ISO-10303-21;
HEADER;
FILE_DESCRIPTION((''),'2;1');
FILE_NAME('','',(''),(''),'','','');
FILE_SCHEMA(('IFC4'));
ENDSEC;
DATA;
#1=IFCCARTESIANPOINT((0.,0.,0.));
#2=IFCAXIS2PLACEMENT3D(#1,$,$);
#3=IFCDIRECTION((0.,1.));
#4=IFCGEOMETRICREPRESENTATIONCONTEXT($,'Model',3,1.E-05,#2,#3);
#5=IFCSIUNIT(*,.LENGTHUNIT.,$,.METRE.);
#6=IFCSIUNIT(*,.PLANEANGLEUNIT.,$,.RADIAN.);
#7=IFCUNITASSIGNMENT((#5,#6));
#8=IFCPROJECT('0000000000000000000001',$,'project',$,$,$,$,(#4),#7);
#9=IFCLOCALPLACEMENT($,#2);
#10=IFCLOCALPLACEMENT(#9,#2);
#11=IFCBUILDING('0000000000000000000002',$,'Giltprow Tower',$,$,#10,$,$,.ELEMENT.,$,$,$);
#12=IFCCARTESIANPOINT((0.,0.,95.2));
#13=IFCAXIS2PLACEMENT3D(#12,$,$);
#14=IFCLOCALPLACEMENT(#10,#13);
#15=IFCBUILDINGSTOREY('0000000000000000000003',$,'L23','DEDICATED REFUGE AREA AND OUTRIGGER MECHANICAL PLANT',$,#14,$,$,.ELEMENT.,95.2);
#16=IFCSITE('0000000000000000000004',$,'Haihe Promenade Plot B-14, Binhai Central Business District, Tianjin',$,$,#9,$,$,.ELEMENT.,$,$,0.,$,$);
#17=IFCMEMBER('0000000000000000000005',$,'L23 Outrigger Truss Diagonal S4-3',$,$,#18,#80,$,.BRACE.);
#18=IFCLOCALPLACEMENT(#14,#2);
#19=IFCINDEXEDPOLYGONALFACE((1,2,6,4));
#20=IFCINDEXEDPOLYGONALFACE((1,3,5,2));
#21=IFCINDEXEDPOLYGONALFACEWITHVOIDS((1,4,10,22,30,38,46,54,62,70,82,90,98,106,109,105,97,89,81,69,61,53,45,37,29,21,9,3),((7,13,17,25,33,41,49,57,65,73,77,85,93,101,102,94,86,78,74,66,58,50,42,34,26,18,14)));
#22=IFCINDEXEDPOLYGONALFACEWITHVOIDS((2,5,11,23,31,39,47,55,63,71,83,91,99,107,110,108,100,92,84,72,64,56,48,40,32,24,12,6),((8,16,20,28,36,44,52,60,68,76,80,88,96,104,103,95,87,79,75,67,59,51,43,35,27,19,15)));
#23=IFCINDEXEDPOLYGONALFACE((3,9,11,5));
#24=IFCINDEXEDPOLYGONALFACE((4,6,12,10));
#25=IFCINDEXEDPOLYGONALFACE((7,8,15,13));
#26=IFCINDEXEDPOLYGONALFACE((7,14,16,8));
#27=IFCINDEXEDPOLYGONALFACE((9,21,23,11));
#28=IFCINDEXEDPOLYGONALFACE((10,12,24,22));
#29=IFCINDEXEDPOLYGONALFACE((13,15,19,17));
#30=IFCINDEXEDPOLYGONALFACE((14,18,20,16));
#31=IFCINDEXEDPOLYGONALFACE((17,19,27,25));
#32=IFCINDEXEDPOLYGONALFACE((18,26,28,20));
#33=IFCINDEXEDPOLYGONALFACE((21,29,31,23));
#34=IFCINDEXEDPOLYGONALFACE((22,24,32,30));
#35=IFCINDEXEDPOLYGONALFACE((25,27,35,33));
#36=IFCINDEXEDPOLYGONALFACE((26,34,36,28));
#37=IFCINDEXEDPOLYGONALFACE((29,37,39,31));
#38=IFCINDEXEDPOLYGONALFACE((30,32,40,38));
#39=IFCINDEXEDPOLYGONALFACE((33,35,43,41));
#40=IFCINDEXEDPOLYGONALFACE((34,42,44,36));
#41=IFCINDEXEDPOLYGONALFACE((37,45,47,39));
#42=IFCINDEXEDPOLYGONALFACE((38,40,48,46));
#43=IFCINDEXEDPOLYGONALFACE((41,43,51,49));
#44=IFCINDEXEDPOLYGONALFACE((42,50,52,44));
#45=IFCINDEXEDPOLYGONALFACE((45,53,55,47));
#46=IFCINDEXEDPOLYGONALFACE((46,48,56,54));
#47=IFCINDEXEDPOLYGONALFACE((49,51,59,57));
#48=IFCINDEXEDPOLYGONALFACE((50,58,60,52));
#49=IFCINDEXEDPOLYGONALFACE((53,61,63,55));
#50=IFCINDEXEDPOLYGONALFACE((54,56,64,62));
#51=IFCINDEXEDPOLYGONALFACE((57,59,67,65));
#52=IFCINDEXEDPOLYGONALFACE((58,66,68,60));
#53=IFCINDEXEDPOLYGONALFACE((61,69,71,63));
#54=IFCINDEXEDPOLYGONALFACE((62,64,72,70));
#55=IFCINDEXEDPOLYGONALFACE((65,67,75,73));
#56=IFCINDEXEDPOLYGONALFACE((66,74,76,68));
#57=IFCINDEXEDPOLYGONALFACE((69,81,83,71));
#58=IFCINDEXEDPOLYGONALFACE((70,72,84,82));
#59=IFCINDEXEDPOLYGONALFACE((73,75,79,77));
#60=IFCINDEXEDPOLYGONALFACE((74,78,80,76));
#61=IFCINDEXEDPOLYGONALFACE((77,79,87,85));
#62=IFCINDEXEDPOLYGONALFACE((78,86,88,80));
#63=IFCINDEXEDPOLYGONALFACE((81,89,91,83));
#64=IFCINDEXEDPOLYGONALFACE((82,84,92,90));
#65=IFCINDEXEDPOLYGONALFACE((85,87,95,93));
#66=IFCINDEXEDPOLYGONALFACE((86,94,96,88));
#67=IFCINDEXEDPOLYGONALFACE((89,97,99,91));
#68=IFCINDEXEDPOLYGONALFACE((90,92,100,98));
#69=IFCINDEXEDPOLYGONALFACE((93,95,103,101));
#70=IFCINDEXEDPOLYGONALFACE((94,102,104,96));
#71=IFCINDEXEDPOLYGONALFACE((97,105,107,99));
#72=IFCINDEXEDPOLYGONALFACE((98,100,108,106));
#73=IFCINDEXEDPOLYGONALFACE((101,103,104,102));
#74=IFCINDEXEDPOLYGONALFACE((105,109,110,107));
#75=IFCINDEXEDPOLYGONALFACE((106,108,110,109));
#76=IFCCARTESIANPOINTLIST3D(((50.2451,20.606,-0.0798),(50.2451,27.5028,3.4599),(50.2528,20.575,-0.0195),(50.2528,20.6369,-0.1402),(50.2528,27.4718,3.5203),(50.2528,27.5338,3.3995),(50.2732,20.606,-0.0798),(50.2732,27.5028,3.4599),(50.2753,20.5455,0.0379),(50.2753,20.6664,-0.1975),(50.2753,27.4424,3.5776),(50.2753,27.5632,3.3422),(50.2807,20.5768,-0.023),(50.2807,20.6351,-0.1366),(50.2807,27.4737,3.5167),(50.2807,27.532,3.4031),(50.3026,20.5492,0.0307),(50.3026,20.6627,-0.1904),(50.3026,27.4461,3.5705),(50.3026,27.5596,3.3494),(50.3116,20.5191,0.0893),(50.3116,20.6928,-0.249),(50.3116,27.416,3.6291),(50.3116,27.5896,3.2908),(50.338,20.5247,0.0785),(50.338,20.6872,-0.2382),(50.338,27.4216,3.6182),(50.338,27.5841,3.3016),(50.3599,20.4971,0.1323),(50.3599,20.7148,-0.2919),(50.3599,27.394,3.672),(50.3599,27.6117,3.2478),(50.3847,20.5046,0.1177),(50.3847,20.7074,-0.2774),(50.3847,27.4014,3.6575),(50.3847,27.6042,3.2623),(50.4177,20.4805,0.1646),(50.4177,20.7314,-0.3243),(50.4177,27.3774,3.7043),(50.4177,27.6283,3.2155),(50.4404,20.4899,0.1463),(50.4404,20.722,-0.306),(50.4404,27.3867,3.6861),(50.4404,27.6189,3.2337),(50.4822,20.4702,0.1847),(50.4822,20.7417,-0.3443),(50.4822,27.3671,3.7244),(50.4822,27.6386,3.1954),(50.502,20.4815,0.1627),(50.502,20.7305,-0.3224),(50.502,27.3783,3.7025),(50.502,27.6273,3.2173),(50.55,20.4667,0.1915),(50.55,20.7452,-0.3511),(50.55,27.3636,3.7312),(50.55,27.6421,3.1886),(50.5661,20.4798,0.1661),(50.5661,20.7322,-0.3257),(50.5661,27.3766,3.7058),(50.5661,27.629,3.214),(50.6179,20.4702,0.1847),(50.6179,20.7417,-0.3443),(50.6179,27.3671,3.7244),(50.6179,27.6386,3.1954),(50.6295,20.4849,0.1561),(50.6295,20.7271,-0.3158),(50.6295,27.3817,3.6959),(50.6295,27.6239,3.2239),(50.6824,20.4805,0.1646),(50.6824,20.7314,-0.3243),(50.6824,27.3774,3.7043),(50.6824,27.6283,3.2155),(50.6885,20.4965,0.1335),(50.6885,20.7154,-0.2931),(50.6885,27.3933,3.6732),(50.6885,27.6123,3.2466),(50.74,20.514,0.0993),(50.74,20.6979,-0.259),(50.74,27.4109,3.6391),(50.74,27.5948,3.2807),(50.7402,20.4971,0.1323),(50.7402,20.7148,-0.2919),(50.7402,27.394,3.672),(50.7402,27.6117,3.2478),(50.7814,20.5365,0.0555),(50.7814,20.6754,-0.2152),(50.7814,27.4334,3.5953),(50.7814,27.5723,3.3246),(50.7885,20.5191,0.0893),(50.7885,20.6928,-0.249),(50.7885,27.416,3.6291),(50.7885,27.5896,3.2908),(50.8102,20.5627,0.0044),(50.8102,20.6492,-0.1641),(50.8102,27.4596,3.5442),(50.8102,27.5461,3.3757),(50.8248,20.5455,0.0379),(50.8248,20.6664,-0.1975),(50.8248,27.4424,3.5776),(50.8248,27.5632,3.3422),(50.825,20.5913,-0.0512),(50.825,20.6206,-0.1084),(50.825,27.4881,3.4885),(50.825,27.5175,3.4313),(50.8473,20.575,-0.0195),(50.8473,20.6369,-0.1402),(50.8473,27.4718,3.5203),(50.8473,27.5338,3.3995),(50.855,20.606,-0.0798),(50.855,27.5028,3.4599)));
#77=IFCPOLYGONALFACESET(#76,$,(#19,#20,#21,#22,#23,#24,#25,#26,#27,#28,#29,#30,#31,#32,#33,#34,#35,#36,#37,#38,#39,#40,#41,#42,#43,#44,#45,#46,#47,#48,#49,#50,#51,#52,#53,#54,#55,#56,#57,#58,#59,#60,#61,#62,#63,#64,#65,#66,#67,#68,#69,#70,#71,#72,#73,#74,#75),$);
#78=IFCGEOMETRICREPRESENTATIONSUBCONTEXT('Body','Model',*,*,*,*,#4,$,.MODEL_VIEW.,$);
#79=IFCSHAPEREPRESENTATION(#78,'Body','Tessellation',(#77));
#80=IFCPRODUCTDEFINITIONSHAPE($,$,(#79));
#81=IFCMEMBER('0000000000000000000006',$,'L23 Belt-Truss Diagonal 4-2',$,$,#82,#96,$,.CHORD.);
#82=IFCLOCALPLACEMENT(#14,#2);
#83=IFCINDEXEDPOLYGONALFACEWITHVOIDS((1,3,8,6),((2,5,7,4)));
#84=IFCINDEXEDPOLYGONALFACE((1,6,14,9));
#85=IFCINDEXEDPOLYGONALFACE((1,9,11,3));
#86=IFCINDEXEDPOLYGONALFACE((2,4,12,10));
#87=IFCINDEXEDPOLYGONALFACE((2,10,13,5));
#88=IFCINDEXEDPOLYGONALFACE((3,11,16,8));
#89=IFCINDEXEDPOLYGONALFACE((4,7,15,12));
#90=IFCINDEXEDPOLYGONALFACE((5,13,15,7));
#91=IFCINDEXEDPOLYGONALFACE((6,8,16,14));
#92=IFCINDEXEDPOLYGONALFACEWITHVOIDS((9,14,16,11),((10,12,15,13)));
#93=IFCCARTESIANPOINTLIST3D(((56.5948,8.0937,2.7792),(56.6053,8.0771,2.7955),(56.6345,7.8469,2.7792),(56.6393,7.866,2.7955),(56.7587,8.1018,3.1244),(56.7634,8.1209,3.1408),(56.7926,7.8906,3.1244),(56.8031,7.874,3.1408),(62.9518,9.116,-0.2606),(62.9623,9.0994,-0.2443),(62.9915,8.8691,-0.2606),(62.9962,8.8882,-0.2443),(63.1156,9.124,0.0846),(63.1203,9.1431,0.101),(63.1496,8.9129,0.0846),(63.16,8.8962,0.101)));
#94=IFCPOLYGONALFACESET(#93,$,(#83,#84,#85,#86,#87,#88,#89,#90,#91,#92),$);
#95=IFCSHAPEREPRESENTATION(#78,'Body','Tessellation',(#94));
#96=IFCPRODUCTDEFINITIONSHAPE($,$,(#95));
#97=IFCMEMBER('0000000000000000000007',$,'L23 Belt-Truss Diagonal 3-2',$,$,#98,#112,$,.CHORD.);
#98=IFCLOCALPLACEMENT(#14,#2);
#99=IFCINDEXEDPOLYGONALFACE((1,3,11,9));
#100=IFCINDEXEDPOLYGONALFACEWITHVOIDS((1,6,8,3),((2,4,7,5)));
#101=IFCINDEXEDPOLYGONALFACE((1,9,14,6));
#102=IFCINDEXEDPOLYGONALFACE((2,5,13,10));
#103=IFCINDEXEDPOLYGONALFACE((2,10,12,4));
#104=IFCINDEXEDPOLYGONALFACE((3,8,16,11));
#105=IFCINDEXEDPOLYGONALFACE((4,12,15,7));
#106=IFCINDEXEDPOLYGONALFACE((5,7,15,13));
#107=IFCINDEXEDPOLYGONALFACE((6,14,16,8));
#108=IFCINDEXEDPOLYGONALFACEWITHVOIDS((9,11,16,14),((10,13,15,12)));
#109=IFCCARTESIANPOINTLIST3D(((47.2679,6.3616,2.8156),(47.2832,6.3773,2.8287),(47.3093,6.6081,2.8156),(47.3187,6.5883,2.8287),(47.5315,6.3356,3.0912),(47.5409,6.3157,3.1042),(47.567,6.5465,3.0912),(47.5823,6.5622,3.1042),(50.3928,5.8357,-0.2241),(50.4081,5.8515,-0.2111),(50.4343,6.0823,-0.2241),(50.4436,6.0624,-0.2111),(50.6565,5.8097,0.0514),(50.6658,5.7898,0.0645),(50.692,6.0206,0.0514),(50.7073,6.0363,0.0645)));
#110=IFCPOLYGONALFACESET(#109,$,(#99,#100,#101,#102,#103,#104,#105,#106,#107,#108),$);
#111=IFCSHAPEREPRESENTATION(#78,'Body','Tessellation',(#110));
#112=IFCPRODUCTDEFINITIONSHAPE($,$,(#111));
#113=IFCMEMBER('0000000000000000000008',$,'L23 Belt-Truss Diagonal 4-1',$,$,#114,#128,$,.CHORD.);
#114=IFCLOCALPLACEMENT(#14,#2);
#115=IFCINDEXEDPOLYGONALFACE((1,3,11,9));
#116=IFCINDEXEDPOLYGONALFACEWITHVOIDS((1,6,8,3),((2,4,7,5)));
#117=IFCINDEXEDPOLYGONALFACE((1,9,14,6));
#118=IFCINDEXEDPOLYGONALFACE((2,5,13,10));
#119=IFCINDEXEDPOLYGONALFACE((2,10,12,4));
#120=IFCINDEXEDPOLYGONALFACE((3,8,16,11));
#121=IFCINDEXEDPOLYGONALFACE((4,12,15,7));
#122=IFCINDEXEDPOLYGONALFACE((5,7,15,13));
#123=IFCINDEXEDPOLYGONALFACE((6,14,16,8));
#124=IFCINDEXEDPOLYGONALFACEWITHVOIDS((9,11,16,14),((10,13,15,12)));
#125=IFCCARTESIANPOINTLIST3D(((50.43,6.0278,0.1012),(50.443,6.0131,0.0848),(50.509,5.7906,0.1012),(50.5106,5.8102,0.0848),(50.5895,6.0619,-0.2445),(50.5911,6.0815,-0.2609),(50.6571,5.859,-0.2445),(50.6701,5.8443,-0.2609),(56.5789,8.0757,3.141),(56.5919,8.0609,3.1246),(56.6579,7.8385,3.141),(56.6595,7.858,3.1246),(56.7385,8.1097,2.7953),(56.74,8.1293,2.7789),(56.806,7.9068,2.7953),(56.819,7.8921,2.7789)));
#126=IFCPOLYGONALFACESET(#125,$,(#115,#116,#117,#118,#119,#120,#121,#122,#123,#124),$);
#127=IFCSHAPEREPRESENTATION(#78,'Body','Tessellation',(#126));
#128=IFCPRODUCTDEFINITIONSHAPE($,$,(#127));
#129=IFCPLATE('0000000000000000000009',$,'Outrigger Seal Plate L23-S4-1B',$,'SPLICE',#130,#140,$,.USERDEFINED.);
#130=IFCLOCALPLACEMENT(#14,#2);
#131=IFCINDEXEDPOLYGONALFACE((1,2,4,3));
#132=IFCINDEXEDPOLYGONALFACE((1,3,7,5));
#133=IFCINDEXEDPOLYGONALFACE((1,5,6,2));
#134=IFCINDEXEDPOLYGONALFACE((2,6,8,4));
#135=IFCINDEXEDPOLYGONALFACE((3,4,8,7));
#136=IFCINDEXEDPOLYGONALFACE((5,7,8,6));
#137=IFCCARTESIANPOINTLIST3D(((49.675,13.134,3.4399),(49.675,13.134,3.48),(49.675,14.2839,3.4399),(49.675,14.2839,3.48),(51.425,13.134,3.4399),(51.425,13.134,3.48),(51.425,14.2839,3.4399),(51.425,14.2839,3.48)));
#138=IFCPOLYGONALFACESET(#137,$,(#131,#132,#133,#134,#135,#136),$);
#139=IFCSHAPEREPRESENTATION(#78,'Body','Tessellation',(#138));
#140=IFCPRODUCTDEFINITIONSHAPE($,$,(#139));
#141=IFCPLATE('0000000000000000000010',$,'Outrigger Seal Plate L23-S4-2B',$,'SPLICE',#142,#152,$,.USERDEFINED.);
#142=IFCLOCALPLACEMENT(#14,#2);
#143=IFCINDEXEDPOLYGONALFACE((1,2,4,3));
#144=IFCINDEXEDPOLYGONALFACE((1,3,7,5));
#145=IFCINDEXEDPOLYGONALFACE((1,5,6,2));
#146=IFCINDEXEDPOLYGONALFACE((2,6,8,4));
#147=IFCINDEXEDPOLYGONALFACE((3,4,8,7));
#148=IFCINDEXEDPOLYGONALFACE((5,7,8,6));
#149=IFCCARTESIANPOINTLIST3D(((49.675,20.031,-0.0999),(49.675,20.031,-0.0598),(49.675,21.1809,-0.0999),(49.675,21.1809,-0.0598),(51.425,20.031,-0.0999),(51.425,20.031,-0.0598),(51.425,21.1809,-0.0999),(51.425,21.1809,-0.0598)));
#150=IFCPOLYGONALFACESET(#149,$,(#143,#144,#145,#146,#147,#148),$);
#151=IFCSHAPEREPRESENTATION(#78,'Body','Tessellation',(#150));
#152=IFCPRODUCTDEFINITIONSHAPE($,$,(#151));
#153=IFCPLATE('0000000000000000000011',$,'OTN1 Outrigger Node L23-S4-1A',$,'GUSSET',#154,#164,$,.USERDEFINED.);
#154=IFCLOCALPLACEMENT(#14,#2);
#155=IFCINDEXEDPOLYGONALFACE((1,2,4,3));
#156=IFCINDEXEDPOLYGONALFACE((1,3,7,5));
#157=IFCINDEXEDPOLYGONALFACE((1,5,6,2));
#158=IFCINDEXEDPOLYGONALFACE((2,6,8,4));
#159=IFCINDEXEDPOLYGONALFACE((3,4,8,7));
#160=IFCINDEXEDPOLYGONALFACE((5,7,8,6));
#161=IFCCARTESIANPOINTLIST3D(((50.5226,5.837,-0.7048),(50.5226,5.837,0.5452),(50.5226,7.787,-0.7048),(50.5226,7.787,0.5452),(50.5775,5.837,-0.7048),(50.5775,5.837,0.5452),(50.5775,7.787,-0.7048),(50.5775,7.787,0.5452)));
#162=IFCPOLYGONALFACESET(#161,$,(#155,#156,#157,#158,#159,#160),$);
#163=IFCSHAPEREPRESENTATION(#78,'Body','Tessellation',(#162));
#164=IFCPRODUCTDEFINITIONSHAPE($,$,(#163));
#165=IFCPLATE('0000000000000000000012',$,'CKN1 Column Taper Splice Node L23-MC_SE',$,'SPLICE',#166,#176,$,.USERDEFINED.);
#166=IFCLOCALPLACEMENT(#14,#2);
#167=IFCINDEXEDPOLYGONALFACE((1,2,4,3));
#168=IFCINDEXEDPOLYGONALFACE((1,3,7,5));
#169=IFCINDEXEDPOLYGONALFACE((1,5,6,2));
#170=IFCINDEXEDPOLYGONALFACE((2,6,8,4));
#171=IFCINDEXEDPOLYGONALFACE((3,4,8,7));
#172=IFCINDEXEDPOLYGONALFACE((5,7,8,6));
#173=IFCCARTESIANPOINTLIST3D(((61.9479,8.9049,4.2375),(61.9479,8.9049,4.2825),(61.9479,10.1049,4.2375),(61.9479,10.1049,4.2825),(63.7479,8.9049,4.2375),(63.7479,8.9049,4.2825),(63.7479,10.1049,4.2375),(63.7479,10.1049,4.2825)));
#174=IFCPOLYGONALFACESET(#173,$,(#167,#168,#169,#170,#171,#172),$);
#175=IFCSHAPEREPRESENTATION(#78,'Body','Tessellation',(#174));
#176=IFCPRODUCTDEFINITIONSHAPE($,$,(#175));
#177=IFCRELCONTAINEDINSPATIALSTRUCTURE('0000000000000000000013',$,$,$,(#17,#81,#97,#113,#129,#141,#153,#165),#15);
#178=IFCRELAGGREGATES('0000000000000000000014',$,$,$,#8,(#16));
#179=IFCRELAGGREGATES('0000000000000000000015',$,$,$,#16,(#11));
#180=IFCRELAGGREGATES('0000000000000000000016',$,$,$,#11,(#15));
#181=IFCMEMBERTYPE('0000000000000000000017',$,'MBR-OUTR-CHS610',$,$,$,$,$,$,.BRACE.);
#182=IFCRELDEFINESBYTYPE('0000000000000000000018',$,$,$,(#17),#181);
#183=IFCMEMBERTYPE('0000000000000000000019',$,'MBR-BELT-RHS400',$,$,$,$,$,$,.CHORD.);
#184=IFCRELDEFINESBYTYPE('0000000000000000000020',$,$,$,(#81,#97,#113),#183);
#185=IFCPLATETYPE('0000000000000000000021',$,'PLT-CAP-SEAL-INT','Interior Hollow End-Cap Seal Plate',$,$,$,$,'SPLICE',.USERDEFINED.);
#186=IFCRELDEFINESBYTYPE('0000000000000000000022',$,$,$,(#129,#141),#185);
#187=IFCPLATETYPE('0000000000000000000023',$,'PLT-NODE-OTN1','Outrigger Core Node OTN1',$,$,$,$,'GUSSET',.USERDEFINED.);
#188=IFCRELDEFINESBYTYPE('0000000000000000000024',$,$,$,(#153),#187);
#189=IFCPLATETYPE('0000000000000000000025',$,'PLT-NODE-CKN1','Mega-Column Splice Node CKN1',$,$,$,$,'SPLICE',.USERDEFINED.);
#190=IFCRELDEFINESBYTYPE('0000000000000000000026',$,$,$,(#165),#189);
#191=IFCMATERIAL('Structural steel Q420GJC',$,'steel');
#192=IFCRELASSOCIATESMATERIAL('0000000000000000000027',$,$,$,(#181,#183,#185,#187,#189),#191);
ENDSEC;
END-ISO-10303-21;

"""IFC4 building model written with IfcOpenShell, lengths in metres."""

from ifc_helpers import new_model, si_unit, direction, frame, origin, origin_2d, place, context, subcontext, project, spatial, rectangle, hollow_rectangle, hollow_circle, extrude, source, transform, mapped, material, material_profile, profile_set, type_object, element, save


model = new_model("IFC4")

# Units and contexts
model_context = context("Model", 3, precision=1e-05, world=origin(), true_north=direction((0.0, 1.0)))
body_context = subcontext(model_context, "Body", "Model", "MODEL_VIEW")
ifc_project = project(units=[si_unit("LENGTHUNIT", "METRE"), si_unit("PLANEANGLEUNIT", "RADIAN")], contexts=[model_context])

# Site, building, storey
site_placement = place(None, origin())
site = spatial("IfcSite", under=ifc_project, at=site_placement, Name="Haihe Promenade Plot B-14, Binhai Central Business District, Tianjin", CompositionType="ELEMENT", RefElevation=0.0)
building_placement = place(site_placement, origin())
building = spatial("IfcBuilding", under=site, at=building_placement, Name="Giltprow Tower", CompositionType="ELEMENT")
storey_placement = place(building_placement, frame((0.0, 0.0, 95.2)))
storey = spatial("IfcBuildingStorey", under=building, at=storey_placement, Name="L23", Description="DEDICATED REFUGE AREA AND OUTRIGGER MECHANICAL PLANT", CompositionType="ELEMENT", Elevation=95.2)

# Shared definitions
ifc_material_1 = material(Name="Structural steel Q420GJC", Category="steel")

# Members
ifc_material_profile_1 = material_profile(ifc_material_1, hollow_circle(Radius=0.3049, WallThickness=0.0281, at=origin_2d()), Name="CHS 610x28")
ifc_profile_set_1 = profile_set([ifc_material_profile_1], Name="Structural steel Q420GJC")
member_type_1 = type_object("IfcMemberType", Name="MBR-OUTR-CHS610", PredefinedType="BRACE", material=ifc_profile_set_1)
shared_shape_1 = source(origin(), body_context, "Body", "SweptSolid", [
    extrude(hollow_circle(Radius=0.3049, WallThickness=0.0281, at=origin_2d()), origin(), (0.0, 0.0, 1.0), 7.7522),
])
for number, where, z_axis, x_axis, name in (
    (1, (50.55, 20.606, -0.0798), (0.0, 0.889666, 0.456611), (-1.0, 0.0, 0.0), "L23 Outrigger Truss Diagonal S4-3"),
):
    element("IfcMember", number, at=place(storey_placement, frame(where, z_axis=z_axis, x_axis=x_axis)), inside=storey, type_object=member_type_1, Name=name, PredefinedType="BRACE", context=body_context, shape_type="MappedRepresentation", body=[
        mapped(shared_shape_1, transform((0.0, 0.0, 0.0), x_axis=(1.0, 0.0, 0.0), y_axis=(0.0, 1.0, 0.0), z_axis=(0.0, 0.0, 1.0), scale=1.0)),
    ])
ifc_material_profile_2 = material_profile(ifc_material_1, hollow_rectangle(XDim=0.25, YDim=0.3999, WallThickness=0.0181, at=origin_2d()), Name="RHS 400x250x18")
ifc_profile_set_2 = profile_set([ifc_material_profile_2], Name="Structural steel Q420GJC")
member_type_2 = type_object("IfcMemberType", Name="MBR-BELT-RHS400", PredefinedType="CHORD", material=ifc_profile_set_2)
shared_shape_2 = source(origin(), body_context, "Body", "SweptSolid", [
    extrude(hollow_rectangle(XDim=0.25, YDim=0.3999, WallThickness=0.0181, at=origin_2d()), origin(), (0.0, 0.0, 1.0), 7.1201),
])
member_1_placement = place(storey_placement, frame((63.0559, 9.0061, -0.0798), z_axis=(-0.892815, -0.143568, 0.426931), x_axis=(0.158764, -0.987317, 0.0)))
element("IfcMember", 2, at=member_1_placement, inside=storey, type_object=member_type_2, Name="L23 Belt-Truss Diagonal 4-2", PredefinedType="CHORD", context=body_context, shape_type="MappedRepresentation", body=[
    mapped(shared_shape_2, transform((0.0, 0.0, 0.0), x_axis=(1.0, 0.0, 0.0), y_axis=(0.0, 1.0, 0.0), z_axis=(0.0, 0.0, 1.0), scale=1.0)),
])
shared_shape_3 = source(origin(), body_context, "Body", "SweptSolid", [
    extrude(hollow_rectangle(XDim=0.25, YDim=0.3999, WallThickness=0.0181, at=origin_2d()), origin(), (0.0, 0.0, 1.0), 4.3911),
])
member_2_placement = place(storey_placement, frame((50.55, 5.936, -0.0798), z_axis=(-0.711653, 0.119758, 0.692249), x_axis=(-0.165948, -0.986135, 0.0)))
element("IfcMember", 3, at=member_2_placement, inside=storey, type_object=member_type_2, Name="L23 Belt-Truss Diagonal 3-2", PredefinedType="CHORD", context=body_context, shape_type="MappedRepresentation", body=[
    mapped(shared_shape_3, transform((0.0, 0.0, 0.0), x_axis=(1.0, 0.0, 0.0), y_axis=(0.0, 1.0, 0.0), z_axis=(0.0, 0.0, 1.0), scale=1.0)),
])
shared_shape_4 = source(origin(), body_context, "Body", "SweptSolid", [
    extrude(hollow_rectangle(XDim=0.25, YDim=0.3999, WallThickness=0.0181, at=origin_2d()), origin(), (0.0, 0.0, 1.0), 7.1584),
])
member_3_placement = place(storey_placement, frame((50.55, 5.936, -0.0798), z_axis=(0.858975, 0.286075, 0.424645), x_axis=(-0.315979, 0.948766, 0.0)))
element("IfcMember", 4, at=member_3_placement, inside=storey, type_object=member_type_2, Name="L23 Belt-Truss Diagonal 4-1", PredefinedType="CHORD", context=body_context, shape_type="MappedRepresentation", body=[
    mapped(shared_shape_4, transform((0.0, 0.0, 0.0), x_axis=(1.0, 0.0, 0.0), y_axis=(0.0, 1.0, 0.0), z_axis=(0.0, 0.0, 1.0), scale=1.0)),
])

# Plates
plate_type_1 = type_object("IfcPlateType", Name="PLT-CAP-SEAL-INT", Description="Interior Hollow End-Cap Seal Plate", ElementType="SPLICE", PredefinedType="USERDEFINED", material=ifc_material_1)
shared_shape_5 = source(origin(), body_context, "Body", "SweptSolid", [
    extrude(rectangle(XDim=1.75, YDim=1.1499, at=origin_2d()), origin(), (0.0, 0.0, 1.0), 0.04),
])
for number, where, z_axis, x_axis, name in (
    (5, (50.55, 13.709, 3.4399), (0.0, 0.0, 1.0), (1.0, 0.0, 0.0), "Outrigger Seal Plate L23-S4-1B"),
    (6, (50.55, 20.606, -0.0999), (0.0, 0.0, 1.0), (1.0, 0.0, 0.0), "Outrigger Seal Plate L23-S4-2B"),
):
    element("IfcPlate", number, at=place(storey_placement, frame(where, z_axis=z_axis, x_axis=x_axis)), inside=storey, type_object=plate_type_1, Name=name, ObjectType="SPLICE", PredefinedType="USERDEFINED", context=body_context, shape_type="MappedRepresentation", body=[
        mapped(shared_shape_5, transform((0.0, 0.0, 0.0), x_axis=(1.0, 0.0, 0.0), y_axis=(0.0, 1.0, 0.0), z_axis=(0.0, 0.0, 1.0), scale=1.0)),
    ])
plate_type_2 = type_object("IfcPlateType", Name="PLT-NODE-OTN1", Description="Outrigger Core Node OTN1", ElementType="GUSSET", PredefinedType="USERDEFINED", material=ifc_material_1)
shared_shape_6 = source(origin(), body_context, "Body", "SweptSolid", [
    extrude(rectangle(XDim=1.95, YDim=0.0549, at=origin_2d()), origin(), (0.0, 0.0, 1.0), 1.25),
])
plate_1_placement = place(storey_placement, frame((50.55, 6.812, -0.7048), z_axis=(0.0, 0.0, 1.0), x_axis=(0.0, 1.0, 0.0)))
element("IfcPlate", 7, at=plate_1_placement, inside=storey, type_object=plate_type_2, Name="OTN1 Outrigger Node L23-S4-1A", ObjectType="GUSSET", PredefinedType="USERDEFINED", context=body_context, shape_type="MappedRepresentation", body=[
    mapped(shared_shape_6, transform((0.0, 0.0, 0.0), x_axis=(1.0, 0.0, 0.0), y_axis=(0.0, 1.0, 0.0), z_axis=(0.0, 0.0, 1.0), scale=1.0)),
])
plate_type_3 = type_object("IfcPlateType", Name="PLT-NODE-CKN1", Description="Mega-Column Splice Node CKN1", ElementType="SPLICE", PredefinedType="USERDEFINED", material=ifc_material_1)
shared_shape_7 = source(origin(), body_context, "Body", "SweptSolid", [
    extrude(rectangle(XDim=1.8, YDim=1.2, at=origin_2d()), origin(), (0.0, 0.0, 1.0), 0.0449),
])
for number, where, z_axis, x_axis, name in (
    (8, (62.8479, 9.5049, 4.2375), (0.0, 0.0, 1.0), (1.0, 0.0, 0.0), "CKN1 Column Taper Splice Node L23-MC_SE"),
):
    element("IfcPlate", number, at=place(storey_placement, frame(where, z_axis=z_axis, x_axis=x_axis)), inside=storey, type_object=plate_type_3, Name=name, ObjectType="SPLICE", PredefinedType="USERDEFINED", context=body_context, shape_type="MappedRepresentation", body=[
        mapped(shared_shape_7, transform((0.0, 0.0, 0.0), x_axis=(1.0, 0.0, 0.0), y_axis=(0.0, 1.0, 0.0), z_axis=(0.0, 0.0, 1.0), scale=1.0)),
    ])

save(model, "model.ifc")
